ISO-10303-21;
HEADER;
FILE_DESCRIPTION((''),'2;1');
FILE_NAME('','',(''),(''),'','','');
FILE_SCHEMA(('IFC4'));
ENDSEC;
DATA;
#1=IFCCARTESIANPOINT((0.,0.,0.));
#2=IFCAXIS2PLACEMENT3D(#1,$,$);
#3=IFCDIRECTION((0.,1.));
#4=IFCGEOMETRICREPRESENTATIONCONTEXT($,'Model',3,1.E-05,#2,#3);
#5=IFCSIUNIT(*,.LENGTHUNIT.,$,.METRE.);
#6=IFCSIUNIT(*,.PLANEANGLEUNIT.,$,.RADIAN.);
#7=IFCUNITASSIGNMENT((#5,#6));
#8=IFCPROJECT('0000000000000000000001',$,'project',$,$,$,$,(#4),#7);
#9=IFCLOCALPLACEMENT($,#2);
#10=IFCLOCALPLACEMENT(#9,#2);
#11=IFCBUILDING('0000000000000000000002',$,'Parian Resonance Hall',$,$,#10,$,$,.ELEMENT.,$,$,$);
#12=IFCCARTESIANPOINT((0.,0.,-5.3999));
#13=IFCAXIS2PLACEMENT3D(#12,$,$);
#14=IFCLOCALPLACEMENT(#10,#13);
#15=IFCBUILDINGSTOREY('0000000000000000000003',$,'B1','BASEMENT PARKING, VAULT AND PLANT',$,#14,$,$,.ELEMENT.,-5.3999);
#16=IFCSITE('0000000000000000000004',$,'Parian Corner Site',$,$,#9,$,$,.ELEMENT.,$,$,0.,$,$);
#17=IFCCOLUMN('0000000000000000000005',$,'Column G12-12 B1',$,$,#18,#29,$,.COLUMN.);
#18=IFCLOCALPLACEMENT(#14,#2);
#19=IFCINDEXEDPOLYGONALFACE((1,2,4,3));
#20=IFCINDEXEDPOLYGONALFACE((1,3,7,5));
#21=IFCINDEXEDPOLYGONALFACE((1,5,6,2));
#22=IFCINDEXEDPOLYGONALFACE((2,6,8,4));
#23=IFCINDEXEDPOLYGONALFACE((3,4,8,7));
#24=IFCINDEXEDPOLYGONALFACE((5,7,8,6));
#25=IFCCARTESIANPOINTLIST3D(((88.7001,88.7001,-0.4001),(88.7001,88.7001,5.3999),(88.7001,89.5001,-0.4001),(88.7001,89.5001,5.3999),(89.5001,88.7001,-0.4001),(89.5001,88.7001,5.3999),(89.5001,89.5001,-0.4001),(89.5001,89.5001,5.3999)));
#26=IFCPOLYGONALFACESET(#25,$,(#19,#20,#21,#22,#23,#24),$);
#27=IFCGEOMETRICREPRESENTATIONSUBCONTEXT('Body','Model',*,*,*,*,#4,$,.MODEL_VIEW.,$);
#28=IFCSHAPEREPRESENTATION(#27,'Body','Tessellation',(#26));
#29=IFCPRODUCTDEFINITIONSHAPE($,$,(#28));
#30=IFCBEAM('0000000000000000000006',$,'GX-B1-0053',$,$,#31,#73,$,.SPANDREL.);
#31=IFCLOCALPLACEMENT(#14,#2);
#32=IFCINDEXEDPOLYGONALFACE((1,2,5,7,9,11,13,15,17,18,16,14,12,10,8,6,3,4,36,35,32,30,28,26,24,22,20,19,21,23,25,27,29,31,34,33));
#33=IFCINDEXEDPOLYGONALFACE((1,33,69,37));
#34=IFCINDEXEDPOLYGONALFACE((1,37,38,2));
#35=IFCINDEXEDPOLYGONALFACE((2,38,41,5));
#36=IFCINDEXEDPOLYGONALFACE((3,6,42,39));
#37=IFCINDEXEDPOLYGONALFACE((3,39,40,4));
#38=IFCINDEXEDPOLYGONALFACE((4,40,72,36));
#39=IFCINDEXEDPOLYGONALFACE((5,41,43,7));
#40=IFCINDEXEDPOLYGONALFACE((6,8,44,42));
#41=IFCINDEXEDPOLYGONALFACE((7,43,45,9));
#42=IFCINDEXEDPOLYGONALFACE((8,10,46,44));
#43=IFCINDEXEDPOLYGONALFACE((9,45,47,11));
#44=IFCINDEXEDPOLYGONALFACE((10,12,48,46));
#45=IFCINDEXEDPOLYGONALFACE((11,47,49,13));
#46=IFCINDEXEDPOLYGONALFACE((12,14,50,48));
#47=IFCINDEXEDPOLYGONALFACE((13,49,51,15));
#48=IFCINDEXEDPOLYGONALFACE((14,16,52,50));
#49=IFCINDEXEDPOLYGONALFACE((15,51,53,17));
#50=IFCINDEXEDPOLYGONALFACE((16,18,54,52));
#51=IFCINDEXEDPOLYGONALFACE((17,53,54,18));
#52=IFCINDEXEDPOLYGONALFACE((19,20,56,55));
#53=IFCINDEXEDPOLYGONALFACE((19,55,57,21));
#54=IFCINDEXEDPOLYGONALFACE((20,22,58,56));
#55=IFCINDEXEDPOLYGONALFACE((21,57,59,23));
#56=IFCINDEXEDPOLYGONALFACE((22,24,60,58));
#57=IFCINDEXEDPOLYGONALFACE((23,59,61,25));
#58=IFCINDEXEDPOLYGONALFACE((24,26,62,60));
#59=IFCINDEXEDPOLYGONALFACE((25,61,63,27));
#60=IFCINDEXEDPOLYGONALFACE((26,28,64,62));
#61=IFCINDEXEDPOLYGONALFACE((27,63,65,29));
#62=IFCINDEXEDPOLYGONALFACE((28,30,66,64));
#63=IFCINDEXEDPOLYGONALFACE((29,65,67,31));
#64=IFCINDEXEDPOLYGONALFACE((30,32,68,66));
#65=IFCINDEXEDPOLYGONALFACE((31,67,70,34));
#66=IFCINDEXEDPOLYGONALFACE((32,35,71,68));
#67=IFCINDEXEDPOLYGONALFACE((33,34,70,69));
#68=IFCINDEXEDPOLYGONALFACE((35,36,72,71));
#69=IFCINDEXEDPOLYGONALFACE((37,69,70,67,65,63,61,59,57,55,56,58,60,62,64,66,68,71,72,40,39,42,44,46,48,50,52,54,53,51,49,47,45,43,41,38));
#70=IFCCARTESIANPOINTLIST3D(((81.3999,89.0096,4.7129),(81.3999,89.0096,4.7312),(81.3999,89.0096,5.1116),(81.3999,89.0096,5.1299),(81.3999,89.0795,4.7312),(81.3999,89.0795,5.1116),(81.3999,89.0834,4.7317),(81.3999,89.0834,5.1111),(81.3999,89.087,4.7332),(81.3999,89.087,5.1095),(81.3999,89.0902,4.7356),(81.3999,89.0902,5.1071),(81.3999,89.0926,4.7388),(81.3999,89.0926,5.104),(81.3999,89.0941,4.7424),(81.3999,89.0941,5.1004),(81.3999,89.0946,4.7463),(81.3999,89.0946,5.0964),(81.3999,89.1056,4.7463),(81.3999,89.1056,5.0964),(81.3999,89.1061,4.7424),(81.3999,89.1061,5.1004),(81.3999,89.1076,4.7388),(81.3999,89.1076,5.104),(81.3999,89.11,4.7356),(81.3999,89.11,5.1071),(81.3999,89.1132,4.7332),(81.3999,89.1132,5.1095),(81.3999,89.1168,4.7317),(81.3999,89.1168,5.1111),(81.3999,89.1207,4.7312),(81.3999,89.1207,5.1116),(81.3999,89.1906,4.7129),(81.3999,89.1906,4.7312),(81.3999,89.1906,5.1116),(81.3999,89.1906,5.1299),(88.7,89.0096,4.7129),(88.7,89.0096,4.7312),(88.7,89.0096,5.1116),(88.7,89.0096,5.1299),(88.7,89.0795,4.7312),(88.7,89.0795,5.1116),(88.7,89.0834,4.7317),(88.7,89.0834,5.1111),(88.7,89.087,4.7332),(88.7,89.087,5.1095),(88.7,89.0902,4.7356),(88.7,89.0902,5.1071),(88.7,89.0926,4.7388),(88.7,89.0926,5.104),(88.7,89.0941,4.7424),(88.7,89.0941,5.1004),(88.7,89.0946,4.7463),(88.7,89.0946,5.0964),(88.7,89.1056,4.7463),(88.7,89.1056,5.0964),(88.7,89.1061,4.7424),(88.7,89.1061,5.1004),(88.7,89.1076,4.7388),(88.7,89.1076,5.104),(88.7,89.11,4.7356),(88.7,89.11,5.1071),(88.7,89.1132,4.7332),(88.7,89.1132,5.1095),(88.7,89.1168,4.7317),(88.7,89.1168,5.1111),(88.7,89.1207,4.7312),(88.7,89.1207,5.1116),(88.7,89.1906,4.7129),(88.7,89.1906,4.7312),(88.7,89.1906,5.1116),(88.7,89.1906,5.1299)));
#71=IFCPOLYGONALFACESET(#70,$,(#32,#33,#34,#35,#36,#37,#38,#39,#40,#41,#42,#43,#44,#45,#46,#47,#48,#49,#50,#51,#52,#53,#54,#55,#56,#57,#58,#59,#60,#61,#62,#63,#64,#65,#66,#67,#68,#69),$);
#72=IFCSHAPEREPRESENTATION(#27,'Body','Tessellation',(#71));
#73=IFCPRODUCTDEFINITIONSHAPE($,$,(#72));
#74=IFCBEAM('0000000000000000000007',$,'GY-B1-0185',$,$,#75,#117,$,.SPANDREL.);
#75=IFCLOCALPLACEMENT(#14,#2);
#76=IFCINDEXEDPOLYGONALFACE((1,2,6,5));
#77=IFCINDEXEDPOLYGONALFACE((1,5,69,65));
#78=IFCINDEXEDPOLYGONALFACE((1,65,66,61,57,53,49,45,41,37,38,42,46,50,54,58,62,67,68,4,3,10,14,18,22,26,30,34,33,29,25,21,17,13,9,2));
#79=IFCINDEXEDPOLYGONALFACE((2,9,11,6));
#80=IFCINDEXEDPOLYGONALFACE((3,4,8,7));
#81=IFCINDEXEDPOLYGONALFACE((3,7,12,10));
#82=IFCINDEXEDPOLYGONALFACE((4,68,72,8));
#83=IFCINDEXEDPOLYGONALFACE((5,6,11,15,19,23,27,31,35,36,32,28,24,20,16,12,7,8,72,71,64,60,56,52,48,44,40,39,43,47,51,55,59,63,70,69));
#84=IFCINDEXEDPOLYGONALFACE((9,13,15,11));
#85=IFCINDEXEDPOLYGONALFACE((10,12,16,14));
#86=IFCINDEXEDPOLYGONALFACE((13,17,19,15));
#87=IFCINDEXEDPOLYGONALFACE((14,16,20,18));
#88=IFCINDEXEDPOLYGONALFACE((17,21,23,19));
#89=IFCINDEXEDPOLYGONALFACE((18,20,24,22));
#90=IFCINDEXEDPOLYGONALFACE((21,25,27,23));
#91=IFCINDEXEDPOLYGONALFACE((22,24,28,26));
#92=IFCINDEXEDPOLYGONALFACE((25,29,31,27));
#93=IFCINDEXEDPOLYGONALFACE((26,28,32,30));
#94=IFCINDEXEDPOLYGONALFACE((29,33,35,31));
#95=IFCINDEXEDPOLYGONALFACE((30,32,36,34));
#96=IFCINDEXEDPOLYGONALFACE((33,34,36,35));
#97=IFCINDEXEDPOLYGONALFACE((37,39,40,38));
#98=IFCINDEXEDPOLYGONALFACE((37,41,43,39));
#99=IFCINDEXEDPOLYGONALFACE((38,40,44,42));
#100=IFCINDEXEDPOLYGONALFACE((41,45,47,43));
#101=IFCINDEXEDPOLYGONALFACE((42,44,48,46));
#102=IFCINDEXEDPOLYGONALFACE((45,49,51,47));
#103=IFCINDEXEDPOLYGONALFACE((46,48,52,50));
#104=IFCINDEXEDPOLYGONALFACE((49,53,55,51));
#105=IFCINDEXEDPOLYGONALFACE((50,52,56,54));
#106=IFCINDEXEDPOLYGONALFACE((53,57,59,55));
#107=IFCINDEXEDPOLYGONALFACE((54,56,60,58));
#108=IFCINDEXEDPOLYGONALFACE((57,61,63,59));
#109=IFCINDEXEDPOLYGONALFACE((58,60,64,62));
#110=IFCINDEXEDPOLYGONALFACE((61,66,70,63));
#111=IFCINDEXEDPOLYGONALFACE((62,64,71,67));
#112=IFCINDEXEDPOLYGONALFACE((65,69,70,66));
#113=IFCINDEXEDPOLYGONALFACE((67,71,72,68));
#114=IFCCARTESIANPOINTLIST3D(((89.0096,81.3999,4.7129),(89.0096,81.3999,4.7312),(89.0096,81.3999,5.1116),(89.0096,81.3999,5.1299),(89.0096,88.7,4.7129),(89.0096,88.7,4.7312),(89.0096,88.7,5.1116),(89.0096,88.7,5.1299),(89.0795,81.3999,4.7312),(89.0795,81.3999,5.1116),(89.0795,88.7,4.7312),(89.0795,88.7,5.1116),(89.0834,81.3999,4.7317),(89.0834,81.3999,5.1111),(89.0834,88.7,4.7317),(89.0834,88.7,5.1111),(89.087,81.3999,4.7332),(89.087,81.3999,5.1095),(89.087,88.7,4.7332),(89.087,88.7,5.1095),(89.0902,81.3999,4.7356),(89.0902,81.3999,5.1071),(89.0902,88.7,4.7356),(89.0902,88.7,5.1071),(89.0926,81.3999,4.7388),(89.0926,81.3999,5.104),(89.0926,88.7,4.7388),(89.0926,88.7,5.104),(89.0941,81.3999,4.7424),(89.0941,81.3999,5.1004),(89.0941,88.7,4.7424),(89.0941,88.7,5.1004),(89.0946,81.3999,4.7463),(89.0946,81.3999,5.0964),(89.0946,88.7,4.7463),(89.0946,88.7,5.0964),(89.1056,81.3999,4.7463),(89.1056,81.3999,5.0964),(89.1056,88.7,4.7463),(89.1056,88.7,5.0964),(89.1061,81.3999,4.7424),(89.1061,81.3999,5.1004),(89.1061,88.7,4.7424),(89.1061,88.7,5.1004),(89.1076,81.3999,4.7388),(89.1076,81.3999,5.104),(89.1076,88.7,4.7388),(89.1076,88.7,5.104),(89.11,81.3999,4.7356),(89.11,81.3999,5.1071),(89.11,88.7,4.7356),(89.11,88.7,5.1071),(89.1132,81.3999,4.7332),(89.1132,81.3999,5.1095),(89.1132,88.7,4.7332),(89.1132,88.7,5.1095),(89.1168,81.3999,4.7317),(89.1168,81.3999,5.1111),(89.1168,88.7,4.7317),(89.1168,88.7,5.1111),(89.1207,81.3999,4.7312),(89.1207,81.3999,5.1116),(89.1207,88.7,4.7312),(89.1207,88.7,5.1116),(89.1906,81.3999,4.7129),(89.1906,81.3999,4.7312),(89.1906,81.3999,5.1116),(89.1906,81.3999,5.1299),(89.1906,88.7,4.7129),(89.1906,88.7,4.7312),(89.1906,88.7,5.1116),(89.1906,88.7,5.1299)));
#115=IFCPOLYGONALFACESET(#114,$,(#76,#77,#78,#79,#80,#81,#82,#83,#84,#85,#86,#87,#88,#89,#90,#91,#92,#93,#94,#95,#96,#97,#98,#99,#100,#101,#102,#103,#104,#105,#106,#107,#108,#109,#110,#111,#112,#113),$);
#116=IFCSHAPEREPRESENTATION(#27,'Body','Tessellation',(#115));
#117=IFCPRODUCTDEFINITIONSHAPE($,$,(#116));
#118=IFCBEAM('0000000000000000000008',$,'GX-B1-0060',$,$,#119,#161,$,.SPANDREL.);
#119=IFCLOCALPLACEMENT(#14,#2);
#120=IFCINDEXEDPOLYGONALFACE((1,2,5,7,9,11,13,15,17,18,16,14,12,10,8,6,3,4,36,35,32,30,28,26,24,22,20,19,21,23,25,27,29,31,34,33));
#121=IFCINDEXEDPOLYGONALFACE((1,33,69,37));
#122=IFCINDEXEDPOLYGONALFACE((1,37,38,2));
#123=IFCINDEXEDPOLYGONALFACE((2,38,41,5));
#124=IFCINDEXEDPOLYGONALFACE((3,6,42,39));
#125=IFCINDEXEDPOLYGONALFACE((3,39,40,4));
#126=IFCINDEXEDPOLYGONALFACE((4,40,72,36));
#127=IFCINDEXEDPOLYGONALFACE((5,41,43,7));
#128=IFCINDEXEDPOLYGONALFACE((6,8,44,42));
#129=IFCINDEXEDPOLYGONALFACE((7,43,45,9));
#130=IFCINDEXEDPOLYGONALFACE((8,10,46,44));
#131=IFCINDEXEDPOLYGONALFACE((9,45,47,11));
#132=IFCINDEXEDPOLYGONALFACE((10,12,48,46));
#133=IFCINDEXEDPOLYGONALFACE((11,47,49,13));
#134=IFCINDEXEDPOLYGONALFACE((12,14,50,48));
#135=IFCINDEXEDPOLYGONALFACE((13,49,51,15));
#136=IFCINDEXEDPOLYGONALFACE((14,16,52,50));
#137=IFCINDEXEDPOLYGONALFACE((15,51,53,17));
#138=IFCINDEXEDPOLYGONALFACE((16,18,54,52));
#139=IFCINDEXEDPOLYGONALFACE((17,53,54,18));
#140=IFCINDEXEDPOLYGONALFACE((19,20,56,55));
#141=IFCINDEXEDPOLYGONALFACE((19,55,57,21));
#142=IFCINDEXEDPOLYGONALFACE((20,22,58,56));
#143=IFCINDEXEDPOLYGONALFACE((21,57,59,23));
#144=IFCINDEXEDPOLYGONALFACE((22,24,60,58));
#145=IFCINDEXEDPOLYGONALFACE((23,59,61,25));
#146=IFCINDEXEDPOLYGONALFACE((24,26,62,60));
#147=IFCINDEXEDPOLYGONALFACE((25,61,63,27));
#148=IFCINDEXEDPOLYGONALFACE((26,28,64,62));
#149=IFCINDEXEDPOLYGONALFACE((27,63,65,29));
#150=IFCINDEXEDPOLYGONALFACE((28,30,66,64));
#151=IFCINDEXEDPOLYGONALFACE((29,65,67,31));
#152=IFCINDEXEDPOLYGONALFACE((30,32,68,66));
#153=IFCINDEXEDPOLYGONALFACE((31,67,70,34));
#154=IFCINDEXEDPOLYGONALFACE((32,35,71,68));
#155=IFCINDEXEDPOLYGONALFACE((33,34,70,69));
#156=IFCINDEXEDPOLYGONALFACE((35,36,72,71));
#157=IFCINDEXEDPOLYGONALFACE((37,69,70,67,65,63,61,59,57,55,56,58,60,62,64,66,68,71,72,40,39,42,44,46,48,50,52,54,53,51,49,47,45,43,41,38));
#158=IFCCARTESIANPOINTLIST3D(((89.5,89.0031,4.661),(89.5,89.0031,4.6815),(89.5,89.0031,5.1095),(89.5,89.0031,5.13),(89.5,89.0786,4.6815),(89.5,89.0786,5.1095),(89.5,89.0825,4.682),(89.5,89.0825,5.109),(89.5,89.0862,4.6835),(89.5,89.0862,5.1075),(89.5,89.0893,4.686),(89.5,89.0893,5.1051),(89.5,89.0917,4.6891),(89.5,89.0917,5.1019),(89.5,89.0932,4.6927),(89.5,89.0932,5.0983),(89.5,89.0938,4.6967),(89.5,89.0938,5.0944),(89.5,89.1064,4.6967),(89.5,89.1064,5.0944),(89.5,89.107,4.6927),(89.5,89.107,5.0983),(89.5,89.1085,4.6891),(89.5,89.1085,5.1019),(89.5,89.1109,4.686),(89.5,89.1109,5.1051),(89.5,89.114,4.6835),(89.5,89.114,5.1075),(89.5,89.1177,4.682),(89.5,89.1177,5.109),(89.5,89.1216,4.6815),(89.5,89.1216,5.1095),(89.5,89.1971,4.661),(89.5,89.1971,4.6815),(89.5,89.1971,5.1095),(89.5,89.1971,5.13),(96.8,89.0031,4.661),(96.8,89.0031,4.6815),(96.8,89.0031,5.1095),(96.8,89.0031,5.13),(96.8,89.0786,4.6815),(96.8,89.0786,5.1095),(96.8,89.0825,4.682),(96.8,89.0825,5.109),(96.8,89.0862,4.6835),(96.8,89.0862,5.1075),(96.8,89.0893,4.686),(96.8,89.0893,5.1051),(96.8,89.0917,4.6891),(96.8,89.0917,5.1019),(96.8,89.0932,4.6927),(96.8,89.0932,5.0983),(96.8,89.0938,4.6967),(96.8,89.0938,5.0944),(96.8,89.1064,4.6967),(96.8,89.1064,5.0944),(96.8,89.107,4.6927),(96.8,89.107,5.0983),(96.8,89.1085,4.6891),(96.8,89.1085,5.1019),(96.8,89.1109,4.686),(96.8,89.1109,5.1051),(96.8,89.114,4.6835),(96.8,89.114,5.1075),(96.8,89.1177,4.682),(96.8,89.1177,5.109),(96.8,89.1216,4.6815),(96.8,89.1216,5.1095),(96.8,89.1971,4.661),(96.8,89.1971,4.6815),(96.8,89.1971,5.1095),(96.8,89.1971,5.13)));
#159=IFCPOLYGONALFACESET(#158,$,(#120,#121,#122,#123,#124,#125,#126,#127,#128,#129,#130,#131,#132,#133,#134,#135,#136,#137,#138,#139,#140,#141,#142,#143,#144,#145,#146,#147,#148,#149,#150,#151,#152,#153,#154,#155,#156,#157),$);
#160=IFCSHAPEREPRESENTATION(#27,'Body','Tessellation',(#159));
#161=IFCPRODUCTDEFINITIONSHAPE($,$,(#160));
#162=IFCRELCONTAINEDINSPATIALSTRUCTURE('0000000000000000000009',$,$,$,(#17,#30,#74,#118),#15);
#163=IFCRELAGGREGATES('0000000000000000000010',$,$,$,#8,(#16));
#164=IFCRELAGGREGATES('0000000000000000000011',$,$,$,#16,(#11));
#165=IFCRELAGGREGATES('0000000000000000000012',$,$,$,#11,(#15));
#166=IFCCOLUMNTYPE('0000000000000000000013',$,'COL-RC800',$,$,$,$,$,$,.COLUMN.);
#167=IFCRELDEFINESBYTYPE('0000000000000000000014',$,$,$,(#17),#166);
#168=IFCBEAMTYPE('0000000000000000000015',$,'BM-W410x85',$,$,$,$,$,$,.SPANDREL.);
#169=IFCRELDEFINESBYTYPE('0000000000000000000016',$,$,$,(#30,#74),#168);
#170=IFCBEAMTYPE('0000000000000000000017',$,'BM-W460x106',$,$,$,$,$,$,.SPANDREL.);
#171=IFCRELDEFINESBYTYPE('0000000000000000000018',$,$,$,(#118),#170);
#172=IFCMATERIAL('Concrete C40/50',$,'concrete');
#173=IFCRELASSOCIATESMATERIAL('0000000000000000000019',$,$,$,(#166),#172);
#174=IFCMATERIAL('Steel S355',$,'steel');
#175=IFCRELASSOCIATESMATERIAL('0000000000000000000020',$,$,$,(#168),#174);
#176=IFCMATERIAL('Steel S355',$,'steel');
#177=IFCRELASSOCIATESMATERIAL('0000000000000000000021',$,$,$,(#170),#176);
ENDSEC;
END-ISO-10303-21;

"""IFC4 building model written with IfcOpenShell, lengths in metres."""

from ifc_helpers import new_model, si_unit, direction, frame, origin, origin_2d, place, context, subcontext, project, spatial, rectangle, i_section, extrude, material, material_profile, profile_set, type_object, element, save


model = new_model("IFC4")

# Units and contexts
model_context = context("Model", 3, precision=1e-05, world=origin(), true_north=direction((0.0, 1.0)))
body_context = subcontext(model_context, "Body", "Model", "MODEL_VIEW")
ifc_project = project(units=[si_unit("LENGTHUNIT", "METRE"), si_unit("PLANEANGLEUNIT", "RADIAN")], contexts=[model_context])

# Site, building, storey
site_placement = place(None, origin())
site = spatial("IfcSite", under=ifc_project, at=site_placement, Name="Parian Corner Site", CompositionType="ELEMENT", RefElevation=0.0)
building_placement = place(site_placement, origin())
building = spatial("IfcBuilding", under=site, at=building_placement, Name="Parian Resonance Hall", CompositionType="ELEMENT")
storey_placement = place(building_placement, frame((0.0, 0.0, -5.3999)))
storey = spatial("IfcBuildingStorey", under=building, at=storey_placement, Name="B1", Description="BASEMENT PARKING, VAULT AND PLANT", CompositionType="ELEMENT", Elevation=-5.3999)

# Column
ifc_material_1 = material(Name="Concrete C40/50", Category="concrete")
ifc_material_profile_1 = material_profile(ifc_material_1, rectangle(XDim=0.8, YDim=0.8, at=origin_2d()), Name="RC-COL-800x800")
ifc_profile_set_1 = profile_set([ifc_material_profile_1], Name="Concrete C40/50")
column_type = type_object("IfcColumnType", Name="COL-RC800", PredefinedType="COLUMN", material=ifc_profile_set_1)
for number, where, z_axis, x_axis, name in (
    (1, (89.1001, 89.1001, -0.4001), (0.0, 0.0, 1.0), (1.0, 0.0, 0.0), "Column G12-12 B1"),
):
    element("IfcColumn", number, at=place(storey_placement, frame(where, z_axis=z_axis, x_axis=x_axis)), inside=storey, type_object=column_type, Name=name, PredefinedType="COLUMN", context=body_context, shape_type="SweptSolid", body=[
        extrude(rectangle(XDim=0.8, YDim=0.8, at=origin_2d()), origin(), (0.0, 0.0, 1.0), 5.8),
    ])

# Beams
ifc_material_2 = material(Name="Steel S355", Category="steel")
ifc_material_profile_2 = material_profile(ifc_material_2, i_section(OverallWidth=0.1809, OverallDepth=0.417, WebThickness=0.011, FlangeThickness=0.0183, FilletRadius=0.0151, at=origin_2d()), Name="W410x85")
ifc_profile_set_2 = profile_set([ifc_material_profile_2], Name="Steel S355")
beam_type_1 = type_object("IfcBeamType", Name="BM-W410x85", PredefinedType="SPANDREL", material=ifc_profile_set_2)
for number, where, z_axis, x_axis, name in (
    (2, (81.3999, 89.1001, 4.9214), (1.0, 0.0, 0.0), (0.0, 1.0, 0.0), "GX-B1-0053"),
    (3, (89.1001, 81.3999, 4.9214), (0.0, 1.0, 0.0), (-1.0, 0.0, 0.0), "GY-B1-0185"),
):
    element("IfcBeam", number, at=place(storey_placement, frame(where, z_axis=z_axis, x_axis=x_axis)), inside=storey, type_object=beam_type_1, Name=name, PredefinedType="SPANDREL", context=body_context, shape_type="SweptSolid", body=[
        extrude(i_section(OverallWidth=0.1809, OverallDepth=0.417, WebThickness=0.011, FlangeThickness=0.0183, FilletRadius=0.0151, at=origin_2d()), origin(), (0.0, 0.0, 1.0), 7.3),
    ])
ifc_material_3 = material(Name="Steel S355", Category="steel")
ifc_material_profile_3 = material_profile(ifc_material_3, i_section(OverallWidth=0.1941, OverallDepth=0.469, WebThickness=0.0127, FlangeThickness=0.0205, FilletRadius=0.0151, at=origin_2d()), Name="W460x106")
ifc_profile_set_3 = profile_set([ifc_material_profile_3], Name="Steel S355")
beam_type_2 = type_object("IfcBeamType", Name="BM-W460x106", PredefinedType="SPANDREL", material=ifc_profile_set_3)
for number, where, z_axis, x_axis, name in (
    (4, (89.5, 89.1001, 4.8955), (1.0, 0.0, 0.0), (0.0, 1.0, 0.0), "GX-B1-0060"),
):
    element("IfcBeam", number, at=place(storey_placement, frame(where, z_axis=z_axis, x_axis=x_axis)), inside=storey, type_object=beam_type_2, Name=name, PredefinedType="SPANDREL", context=body_context, shape_type="SweptSolid", body=[
        extrude(i_section(OverallWidth=0.1941, OverallDepth=0.469, WebThickness=0.0127, FlangeThickness=0.0205, FilletRadius=0.0151, at=origin_2d()), origin(), (0.0, 0.0, 1.0), 7.3),
    ])

save(model, "model.ifc")
